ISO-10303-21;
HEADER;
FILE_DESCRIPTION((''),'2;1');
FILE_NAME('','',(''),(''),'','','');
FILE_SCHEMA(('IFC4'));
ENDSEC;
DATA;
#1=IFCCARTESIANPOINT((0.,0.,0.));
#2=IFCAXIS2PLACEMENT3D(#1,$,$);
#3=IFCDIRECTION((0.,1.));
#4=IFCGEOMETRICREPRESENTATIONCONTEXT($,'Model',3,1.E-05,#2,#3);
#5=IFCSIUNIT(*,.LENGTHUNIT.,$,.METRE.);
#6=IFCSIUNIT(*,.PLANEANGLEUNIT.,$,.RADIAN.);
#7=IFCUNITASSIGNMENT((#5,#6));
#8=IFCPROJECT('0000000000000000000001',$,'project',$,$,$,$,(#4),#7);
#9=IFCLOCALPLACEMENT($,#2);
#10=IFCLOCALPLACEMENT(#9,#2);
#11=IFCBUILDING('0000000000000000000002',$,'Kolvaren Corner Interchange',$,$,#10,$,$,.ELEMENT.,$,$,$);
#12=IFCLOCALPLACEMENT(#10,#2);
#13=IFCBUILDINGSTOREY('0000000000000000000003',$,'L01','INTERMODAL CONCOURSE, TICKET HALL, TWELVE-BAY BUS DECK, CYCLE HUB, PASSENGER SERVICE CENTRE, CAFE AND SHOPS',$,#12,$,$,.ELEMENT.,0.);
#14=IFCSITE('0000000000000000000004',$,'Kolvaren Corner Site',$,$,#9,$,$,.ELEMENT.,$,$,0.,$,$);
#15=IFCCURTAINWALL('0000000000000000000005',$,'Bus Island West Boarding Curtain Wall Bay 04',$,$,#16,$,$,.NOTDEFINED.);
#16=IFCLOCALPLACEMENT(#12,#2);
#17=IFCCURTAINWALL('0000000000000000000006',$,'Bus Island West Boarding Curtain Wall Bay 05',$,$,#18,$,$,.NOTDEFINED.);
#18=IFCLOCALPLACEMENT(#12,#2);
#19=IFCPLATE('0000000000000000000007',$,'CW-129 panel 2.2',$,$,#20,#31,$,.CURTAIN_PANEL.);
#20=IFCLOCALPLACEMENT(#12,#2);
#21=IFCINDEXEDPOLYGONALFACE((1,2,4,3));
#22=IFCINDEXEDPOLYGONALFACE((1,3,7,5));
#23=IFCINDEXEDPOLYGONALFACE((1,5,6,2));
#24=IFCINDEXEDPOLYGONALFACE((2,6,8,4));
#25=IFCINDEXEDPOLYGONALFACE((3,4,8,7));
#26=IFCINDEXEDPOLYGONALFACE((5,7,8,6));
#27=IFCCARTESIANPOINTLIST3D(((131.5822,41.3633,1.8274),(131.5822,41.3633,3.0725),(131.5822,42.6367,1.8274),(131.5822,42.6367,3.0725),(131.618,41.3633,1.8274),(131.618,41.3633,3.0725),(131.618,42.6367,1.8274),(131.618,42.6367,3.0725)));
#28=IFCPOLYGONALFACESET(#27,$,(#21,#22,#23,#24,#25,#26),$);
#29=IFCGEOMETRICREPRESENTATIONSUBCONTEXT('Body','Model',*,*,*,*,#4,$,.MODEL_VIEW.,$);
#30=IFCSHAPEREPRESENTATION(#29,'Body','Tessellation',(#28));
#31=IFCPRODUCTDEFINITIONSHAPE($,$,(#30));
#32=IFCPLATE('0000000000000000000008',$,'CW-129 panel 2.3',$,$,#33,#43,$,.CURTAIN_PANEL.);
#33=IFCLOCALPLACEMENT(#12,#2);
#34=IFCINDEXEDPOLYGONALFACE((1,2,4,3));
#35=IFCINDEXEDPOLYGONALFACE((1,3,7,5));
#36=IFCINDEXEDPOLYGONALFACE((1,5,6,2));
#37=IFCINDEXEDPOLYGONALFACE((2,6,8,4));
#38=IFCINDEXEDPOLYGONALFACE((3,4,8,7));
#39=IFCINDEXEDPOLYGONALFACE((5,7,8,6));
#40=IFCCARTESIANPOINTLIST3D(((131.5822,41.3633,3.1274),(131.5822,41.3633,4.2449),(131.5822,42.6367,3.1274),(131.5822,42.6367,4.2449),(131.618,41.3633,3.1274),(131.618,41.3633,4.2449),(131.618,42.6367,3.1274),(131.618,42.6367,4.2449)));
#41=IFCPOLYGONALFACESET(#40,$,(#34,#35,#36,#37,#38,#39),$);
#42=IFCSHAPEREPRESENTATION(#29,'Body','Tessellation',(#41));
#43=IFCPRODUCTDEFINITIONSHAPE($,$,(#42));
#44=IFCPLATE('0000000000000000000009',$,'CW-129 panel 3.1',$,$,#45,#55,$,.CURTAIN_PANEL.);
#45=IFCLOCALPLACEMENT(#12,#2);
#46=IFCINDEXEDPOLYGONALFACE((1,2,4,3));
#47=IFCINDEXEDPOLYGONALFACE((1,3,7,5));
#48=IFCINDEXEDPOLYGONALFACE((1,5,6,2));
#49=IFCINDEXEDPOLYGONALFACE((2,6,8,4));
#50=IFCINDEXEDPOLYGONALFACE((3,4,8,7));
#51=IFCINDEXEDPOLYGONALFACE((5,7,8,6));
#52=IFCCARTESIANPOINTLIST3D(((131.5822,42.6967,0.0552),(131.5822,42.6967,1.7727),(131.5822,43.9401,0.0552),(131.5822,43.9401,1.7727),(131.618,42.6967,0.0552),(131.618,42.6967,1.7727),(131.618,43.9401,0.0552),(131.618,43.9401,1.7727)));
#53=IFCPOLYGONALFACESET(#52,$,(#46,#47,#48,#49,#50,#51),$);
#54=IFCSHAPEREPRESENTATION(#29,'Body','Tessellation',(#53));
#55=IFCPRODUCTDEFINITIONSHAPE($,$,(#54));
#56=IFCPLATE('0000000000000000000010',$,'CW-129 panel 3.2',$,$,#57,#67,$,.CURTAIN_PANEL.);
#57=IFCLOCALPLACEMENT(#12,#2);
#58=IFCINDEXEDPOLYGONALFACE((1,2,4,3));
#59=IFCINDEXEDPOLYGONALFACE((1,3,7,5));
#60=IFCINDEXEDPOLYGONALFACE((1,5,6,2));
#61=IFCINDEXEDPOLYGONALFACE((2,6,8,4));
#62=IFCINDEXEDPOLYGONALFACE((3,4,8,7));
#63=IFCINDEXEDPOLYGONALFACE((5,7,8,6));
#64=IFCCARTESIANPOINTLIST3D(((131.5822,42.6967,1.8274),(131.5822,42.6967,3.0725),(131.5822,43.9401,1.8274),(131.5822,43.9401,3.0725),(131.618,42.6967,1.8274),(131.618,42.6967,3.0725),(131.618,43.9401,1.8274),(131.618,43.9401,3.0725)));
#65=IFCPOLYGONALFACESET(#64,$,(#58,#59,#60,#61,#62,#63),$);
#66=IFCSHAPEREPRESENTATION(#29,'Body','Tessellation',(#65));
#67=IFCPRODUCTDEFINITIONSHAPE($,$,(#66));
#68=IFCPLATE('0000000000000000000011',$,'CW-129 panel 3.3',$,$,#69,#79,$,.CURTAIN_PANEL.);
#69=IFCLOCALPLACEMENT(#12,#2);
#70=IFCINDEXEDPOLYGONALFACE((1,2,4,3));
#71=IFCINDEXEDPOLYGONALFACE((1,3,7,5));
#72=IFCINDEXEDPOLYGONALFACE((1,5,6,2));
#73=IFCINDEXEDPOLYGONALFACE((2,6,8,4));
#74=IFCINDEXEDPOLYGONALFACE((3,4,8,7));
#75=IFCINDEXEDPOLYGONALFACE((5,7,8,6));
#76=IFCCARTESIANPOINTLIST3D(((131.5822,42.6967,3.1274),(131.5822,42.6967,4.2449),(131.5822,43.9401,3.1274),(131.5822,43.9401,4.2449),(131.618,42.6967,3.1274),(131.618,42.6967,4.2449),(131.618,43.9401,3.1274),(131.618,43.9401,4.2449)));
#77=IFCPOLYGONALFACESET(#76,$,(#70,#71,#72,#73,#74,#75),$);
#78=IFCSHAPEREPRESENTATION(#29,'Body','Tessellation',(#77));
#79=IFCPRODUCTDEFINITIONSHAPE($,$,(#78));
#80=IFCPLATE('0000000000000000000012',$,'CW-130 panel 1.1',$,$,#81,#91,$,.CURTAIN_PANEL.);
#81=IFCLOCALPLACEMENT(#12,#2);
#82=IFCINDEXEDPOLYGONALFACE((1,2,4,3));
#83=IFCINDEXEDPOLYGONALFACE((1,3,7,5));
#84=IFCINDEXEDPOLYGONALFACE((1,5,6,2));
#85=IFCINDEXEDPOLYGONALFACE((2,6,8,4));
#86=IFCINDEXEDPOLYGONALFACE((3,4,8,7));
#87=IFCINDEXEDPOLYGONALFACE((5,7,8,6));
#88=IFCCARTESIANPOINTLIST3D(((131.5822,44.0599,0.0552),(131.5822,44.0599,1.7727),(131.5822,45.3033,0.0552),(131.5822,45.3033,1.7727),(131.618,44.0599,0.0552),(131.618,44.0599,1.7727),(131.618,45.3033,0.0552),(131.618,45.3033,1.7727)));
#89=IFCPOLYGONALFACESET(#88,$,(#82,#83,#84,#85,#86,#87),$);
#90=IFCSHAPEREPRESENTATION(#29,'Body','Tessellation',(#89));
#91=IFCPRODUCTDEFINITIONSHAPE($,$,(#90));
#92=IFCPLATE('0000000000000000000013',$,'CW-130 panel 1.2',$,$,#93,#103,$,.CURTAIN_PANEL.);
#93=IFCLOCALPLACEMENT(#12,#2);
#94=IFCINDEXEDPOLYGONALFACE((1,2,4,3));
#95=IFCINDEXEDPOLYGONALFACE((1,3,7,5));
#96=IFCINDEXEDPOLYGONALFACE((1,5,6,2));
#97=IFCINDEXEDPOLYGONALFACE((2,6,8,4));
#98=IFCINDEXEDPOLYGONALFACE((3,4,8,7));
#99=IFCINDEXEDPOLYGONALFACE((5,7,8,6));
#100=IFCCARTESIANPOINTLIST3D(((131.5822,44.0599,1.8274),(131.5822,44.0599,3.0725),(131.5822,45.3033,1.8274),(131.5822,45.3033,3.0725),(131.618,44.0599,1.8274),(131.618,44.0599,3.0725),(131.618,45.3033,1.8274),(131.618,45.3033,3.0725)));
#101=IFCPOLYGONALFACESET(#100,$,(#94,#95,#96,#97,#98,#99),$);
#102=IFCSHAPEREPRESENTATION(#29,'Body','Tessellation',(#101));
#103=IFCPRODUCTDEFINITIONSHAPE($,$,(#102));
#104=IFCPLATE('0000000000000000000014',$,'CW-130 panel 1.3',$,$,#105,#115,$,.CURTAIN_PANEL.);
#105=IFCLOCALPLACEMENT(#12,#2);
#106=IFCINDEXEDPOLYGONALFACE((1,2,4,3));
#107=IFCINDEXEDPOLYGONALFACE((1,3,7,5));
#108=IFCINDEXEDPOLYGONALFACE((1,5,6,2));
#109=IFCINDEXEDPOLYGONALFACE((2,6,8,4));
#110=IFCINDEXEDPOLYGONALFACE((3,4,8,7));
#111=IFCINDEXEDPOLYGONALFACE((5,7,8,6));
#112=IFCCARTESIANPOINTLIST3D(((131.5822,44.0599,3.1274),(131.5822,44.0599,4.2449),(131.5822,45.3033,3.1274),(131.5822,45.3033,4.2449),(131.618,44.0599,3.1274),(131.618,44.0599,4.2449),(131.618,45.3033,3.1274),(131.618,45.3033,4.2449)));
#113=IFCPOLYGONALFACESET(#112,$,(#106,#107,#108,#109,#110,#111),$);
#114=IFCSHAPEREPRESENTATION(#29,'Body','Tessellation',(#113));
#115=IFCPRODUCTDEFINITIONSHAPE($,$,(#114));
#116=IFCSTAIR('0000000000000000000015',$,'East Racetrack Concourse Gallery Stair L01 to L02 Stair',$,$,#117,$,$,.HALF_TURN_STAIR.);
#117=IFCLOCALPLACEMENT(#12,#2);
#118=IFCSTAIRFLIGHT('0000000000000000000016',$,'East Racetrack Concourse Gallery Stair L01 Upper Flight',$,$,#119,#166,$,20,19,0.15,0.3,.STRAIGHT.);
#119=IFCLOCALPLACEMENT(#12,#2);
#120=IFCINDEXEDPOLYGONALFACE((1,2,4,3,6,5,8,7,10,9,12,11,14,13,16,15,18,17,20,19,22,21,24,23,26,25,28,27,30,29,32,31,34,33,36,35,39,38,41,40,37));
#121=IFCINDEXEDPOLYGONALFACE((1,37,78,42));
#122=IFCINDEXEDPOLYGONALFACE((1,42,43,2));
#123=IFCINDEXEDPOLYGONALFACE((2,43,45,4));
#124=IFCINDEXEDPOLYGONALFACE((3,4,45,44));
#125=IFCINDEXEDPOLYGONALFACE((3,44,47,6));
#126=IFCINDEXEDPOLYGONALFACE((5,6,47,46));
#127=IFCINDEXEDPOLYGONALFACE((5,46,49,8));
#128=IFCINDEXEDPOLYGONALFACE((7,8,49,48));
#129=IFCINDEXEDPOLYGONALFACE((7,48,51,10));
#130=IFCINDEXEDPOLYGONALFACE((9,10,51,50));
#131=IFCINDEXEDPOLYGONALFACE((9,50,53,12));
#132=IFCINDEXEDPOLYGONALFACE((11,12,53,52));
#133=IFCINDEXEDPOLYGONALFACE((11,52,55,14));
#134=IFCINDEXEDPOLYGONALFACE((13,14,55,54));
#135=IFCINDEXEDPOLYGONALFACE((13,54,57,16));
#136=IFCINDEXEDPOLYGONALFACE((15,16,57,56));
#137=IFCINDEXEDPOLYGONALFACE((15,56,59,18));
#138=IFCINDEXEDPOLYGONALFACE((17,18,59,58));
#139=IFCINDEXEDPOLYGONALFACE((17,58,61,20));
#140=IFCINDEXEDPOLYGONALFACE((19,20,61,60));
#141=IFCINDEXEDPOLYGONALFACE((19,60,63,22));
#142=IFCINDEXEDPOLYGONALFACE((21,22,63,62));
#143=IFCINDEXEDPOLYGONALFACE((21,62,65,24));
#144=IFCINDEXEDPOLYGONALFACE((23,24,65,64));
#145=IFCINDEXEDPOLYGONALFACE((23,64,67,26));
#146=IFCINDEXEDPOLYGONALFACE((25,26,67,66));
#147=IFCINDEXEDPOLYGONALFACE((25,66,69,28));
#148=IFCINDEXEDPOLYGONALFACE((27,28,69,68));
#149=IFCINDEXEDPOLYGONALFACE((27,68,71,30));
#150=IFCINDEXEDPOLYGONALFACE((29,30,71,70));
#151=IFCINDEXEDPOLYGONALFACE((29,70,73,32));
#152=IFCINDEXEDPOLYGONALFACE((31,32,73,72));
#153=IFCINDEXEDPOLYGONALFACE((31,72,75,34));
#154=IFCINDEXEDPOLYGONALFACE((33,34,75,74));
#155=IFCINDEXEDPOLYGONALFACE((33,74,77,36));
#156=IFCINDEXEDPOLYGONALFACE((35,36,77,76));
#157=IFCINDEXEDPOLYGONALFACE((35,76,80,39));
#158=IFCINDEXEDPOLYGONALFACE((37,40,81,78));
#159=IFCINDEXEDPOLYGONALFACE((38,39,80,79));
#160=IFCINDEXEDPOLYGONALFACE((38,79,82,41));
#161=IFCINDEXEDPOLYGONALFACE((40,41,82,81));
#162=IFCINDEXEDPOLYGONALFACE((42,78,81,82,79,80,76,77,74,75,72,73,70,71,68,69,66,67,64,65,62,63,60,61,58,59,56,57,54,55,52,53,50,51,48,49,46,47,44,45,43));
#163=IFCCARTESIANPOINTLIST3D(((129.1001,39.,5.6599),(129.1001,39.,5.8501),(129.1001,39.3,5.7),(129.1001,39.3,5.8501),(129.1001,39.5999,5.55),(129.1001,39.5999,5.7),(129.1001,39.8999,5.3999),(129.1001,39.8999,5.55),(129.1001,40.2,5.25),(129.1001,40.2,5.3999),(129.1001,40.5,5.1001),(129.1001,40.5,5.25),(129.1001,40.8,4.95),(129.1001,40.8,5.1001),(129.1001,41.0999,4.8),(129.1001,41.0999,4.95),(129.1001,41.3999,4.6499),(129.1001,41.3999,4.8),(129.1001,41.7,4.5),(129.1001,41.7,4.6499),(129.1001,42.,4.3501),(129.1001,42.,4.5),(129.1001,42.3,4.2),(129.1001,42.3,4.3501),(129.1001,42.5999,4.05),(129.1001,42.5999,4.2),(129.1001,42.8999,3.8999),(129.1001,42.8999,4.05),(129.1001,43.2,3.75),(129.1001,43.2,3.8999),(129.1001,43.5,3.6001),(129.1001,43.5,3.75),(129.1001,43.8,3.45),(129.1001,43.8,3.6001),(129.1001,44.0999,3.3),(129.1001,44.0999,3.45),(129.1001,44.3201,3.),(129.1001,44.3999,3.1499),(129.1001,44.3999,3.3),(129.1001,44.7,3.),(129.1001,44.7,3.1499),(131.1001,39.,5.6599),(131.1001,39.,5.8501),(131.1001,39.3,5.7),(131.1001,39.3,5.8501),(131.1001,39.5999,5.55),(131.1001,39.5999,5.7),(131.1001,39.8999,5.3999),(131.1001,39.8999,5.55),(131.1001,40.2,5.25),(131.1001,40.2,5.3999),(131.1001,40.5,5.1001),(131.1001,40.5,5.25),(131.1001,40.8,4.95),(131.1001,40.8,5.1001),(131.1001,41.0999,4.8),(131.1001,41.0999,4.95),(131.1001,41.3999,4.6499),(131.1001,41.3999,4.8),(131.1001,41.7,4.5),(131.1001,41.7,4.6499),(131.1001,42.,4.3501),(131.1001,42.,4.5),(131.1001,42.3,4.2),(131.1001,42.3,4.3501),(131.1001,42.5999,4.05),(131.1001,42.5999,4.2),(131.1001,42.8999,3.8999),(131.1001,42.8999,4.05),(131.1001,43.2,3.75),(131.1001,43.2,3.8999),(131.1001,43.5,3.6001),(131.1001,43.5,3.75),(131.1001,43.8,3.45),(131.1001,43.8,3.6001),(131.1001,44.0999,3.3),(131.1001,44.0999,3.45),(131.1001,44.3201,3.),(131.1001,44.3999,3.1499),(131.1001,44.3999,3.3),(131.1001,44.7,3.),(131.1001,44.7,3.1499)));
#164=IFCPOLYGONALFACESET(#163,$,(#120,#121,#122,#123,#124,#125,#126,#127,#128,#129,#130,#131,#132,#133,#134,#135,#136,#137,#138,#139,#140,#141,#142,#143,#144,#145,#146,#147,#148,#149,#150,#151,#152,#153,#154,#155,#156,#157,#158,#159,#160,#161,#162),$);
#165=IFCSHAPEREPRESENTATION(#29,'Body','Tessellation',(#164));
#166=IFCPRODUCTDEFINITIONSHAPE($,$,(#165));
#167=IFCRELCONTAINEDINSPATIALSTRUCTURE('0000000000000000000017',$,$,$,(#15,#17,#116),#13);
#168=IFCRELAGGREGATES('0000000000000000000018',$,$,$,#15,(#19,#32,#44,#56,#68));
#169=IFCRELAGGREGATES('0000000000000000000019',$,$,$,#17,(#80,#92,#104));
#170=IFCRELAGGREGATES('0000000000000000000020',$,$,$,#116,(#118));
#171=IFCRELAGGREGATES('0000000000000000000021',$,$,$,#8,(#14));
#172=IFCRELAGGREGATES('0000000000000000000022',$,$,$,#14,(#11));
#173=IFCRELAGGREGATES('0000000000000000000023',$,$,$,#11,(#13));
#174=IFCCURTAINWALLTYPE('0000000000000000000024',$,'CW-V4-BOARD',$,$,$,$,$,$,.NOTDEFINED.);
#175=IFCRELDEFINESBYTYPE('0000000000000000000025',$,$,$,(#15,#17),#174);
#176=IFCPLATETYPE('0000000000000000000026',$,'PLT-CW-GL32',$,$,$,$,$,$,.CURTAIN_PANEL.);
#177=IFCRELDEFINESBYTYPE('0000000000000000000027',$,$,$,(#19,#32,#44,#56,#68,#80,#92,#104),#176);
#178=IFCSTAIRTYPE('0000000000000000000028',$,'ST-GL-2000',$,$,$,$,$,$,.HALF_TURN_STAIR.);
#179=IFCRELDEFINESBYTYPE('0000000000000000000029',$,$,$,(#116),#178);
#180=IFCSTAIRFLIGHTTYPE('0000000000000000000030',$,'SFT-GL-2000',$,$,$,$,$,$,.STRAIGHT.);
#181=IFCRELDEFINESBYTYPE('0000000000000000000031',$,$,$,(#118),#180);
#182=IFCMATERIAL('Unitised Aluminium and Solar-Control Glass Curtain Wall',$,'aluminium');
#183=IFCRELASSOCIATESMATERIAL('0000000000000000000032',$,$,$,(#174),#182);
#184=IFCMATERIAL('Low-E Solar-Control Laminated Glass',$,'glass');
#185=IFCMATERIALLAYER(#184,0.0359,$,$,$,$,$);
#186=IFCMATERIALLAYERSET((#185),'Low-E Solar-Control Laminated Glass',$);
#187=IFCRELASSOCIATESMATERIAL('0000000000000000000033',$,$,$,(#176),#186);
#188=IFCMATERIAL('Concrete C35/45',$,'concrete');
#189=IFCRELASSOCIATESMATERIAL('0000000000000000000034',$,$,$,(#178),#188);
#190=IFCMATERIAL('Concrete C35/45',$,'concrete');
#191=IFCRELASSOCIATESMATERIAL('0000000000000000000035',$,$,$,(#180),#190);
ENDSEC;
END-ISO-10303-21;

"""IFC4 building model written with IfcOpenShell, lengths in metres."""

from ifc_helpers import new_model, si_unit, direction, frame, origin, origin_2d, place, context, subcontext, project, spatial, polyline, rectangle, outline, extrude, material, layer, layer_set, type_object, element, aggregate, save


model = new_model("IFC4")

# Units and contexts
model_context = context("Model", 3, precision=1e-05, world=origin(), true_north=direction((0.0, 1.0)))
body_context = subcontext(model_context, "Body", "Model", "MODEL_VIEW")
ifc_project = project(units=[si_unit("LENGTHUNIT", "METRE"), si_unit("PLANEANGLEUNIT", "RADIAN")], contexts=[model_context])

# Site, building, storey
site_placement = place(None, origin())
site = spatial("IfcSite", under=ifc_project, at=site_placement, Name="Kolvaren Corner Site", CompositionType="ELEMENT", RefElevation=0.0)
building_placement = place(site_placement, origin())
building = spatial("IfcBuilding", under=site, at=building_placement, Name="Kolvaren Corner Interchange", CompositionType="ELEMENT")
storey_placement = place(building_placement, origin())
storey = spatial("IfcBuildingStorey", under=building, at=storey_placement, Name="L01", Description="INTERMODAL CONCOURSE, TICKET HALL, TWELVE-BAY BUS DECK, CYCLE HUB, PASSENGER SERVICE CENTRE, CAFE AND SHOPS", CompositionType="ELEMENT", Elevation=0.0)

# Curtain walls
ifc_material_1 = material(Name="Unitised Aluminium and Solar-Control Glass Curtain Wall", Category="aluminium")
curtain_wall_type = type_object("IfcCurtainWallType", Name="CW-V4-BOARD", PredefinedType="NOTDEFINED", material=ifc_material_1)
curtain_wall_1_placement = place(storey_placement, origin())
curtain_wall_1 = element("IfcCurtainWall", 1, at=curtain_wall_1_placement, inside=storey, type_object=curtain_wall_type, Name="Bus Island West Boarding Curtain Wall Bay 04", PredefinedType="NOTDEFINED")
curtain_wall_2_placement = place(storey_placement, origin())
curtain_wall_2 = element("IfcCurtainWall", 2, at=curtain_wall_2_placement, inside=storey, type_object=curtain_wall_type, Name="Bus Island West Boarding Curtain Wall Bay 05", PredefinedType="NOTDEFINED")

# Plates
ifc_material_2 = material(Name="Low-E Solar-Control Laminated Glass", Category="glass")
ifc_layer = layer(ifc_material_2, 0.0359)
ifc_layer_set = layer_set([ifc_layer], Name="Low-E Solar-Control Laminated Glass")
plate_type = type_object("IfcPlateType", Name="PLT-CW-GL32", PredefinedType="CURTAIN_PANEL", material=ifc_layer_set)
plate_1_placement = place(storey_placement, frame((131.6001, 42.0, 1.8274), z_axis=(0.0, 0.0, 1.0), x_axis=(0.0, 1.0, 0.0)))
plate_1 = element("IfcPlate", 3, at=plate_1_placement, type_object=plate_type, Name="CW-129 panel 2.2", PredefinedType="CURTAIN_PANEL", context=body_context, shape_type="SweptSolid", body=[
    extrude(rectangle(XDim=1.2734, YDim=0.0359, at=origin_2d()), origin(), (0.0, 0.0, 1.0), 1.2451),
])
plate_2_placement = place(storey_placement, frame((131.6001, 42.0, 3.1274), z_axis=(0.0, 0.0, 1.0), x_axis=(0.0, 1.0, 0.0)))
plate_2 = element("IfcPlate", 4, at=plate_2_placement, type_object=plate_type, Name="CW-129 panel 2.3", PredefinedType="CURTAIN_PANEL", context=body_context, shape_type="SweptSolid", body=[
    extrude(rectangle(XDim=1.2734, YDim=0.0359, at=origin_2d()), origin(), (0.0, 0.0, 1.0), 1.1174),
])
plate_3_placement = place(storey_placement, frame((131.6001, 43.3184, 0.0552), z_axis=(0.0, 0.0, 1.0), x_axis=(0.0, 1.0, 0.0)))
plate_3 = element("IfcPlate", 5, at=plate_3_placement, type_object=plate_type, Name="CW-129 panel 3.1", PredefinedType="CURTAIN_PANEL", context=body_context, shape_type="SweptSolid", body=[
    extrude(rectangle(XDim=1.2434, YDim=0.0359, at=origin_2d()), origin(), (0.0, 0.0, 1.0), 1.7175),
])
plate_4_placement = place(storey_placement, frame((131.6001, 43.3184, 1.8274), z_axis=(0.0, 0.0, 1.0), x_axis=(0.0, 1.0, 0.0)))
plate_4 = element("IfcPlate", 6, at=plate_4_placement, type_object=plate_type, Name="CW-129 panel 3.2", PredefinedType="CURTAIN_PANEL", context=body_context, shape_type="SweptSolid", body=[
    extrude(rectangle(XDim=1.2434, YDim=0.0359, at=origin_2d()), origin(), (0.0, 0.0, 1.0), 1.2451),
])
plate_5_placement = place(storey_placement, frame((131.6001, 43.3184, 3.1274), z_axis=(0.0, 0.0, 1.0), x_axis=(0.0, 1.0, 0.0)))
plate_5 = element("IfcPlate", 7, at=plate_5_placement, type_object=plate_type, Name="CW-129 panel 3.3", PredefinedType="CURTAIN_PANEL", context=body_context, shape_type="SweptSolid", body=[
    extrude(rectangle(XDim=1.2434, YDim=0.0359, at=origin_2d()), origin(), (0.0, 0.0, 1.0), 1.1174),
])
aggregate(curtain_wall_1, [plate_1, plate_2, plate_3, plate_4, plate_5])
plate_6_placement = place(storey_placement, frame((131.6001, 44.6816, 0.0552), z_axis=(0.0, 0.0, 1.0), x_axis=(0.0, 1.0, 0.0)))
plate_6 = element("IfcPlate", 8, at=plate_6_placement, type_object=plate_type, Name="CW-130 panel 1.1", PredefinedType="CURTAIN_PANEL", context=body_context, shape_type="SweptSolid", body=[
    extrude(rectangle(XDim=1.2434, YDim=0.0359, at=origin_2d()), origin(), (0.0, 0.0, 1.0), 1.7175),
])
plate_7_placement = place(storey_placement, frame((131.6001, 44.6816, 1.8274), z_axis=(0.0, 0.0, 1.0), x_axis=(0.0, 1.0, 0.0)))
plate_7 = element("IfcPlate", 9, at=plate_7_placement, type_object=plate_type, Name="CW-130 panel 1.2", PredefinedType="CURTAIN_PANEL", context=body_context, shape_type="SweptSolid", body=[
    extrude(rectangle(XDim=1.2434, YDim=0.0359, at=origin_2d()), origin(), (0.0, 0.0, 1.0), 1.2451),
])
plate_8_placement = place(storey_placement, frame((131.6001, 44.6816, 3.1274), z_axis=(0.0, 0.0, 1.0), x_axis=(0.0, 1.0, 0.0)))
plate_8 = element("IfcPlate", 10, at=plate_8_placement, type_object=plate_type, Name="CW-130 panel 1.3", PredefinedType="CURTAIN_PANEL", context=body_context, shape_type="SweptSolid", body=[
    extrude(rectangle(XDim=1.2434, YDim=0.0359, at=origin_2d()), origin(), (0.0, 0.0, 1.0), 1.1174),
])
aggregate(curtain_wall_2, [plate_6, plate_7, plate_8])

# Stair, stair flight
ifc_material_3 = material(Name="Concrete C35/45", Category="concrete")
stair_type = type_object("IfcStairType", Name="ST-GL-2000", PredefinedType="HALF_TURN_STAIR", material=ifc_material_3)
stair_placement = place(storey_placement, origin())
stair = element("IfcStair", 11, at=stair_placement, inside=storey, type_object=stair_type, Name="East Racetrack Concourse Gallery Stair L01 to L02 Stair", PredefinedType="HALF_TURN_STAIR")
ifc_material_4 = material(Name="Concrete C35/45", Category="concrete")
stair_flight_type = type_object("IfcStairFlightType", Name="SFT-GL-2000", PredefinedType="STRAIGHT", material=ifc_material_4)
stair_flight_placement = place(storey_placement, frame((130.1001, 44.7, 3.0), z_axis=(0.0, 0.0, 1.0), x_axis=(0.0, -1.0, 0.0)))
stair_flight = element("IfcStairFlight", 12, at=stair_flight_placement, type_object=stair_flight_type, Name="East Racetrack Concourse Gallery Stair L01 Upper Flight", NumberOfRisers=20, NumberOfTreads=19, PredefinedType="STRAIGHT", RiserHeight=0.15, TreadLength=0.3, context=body_context, shape_type="SweptSolid", body=[
    extrude(outline(polyline([(0.0, 0.0), (0.0, 0.1499), (0.3, 0.1499), (0.3, 0.3), (0.6001, 0.3), (0.6001, 0.45), (0.8999, 0.45), (0.8999, 0.6001), (1.2, 0.6001), (1.2, 0.75), (1.5, 0.75), (1.5, 0.8999), (1.8, 0.8999), (1.8, 1.05), (2.1001, 1.05), (2.1001, 1.2), (2.3999, 1.2), (2.3999, 1.3501), (2.7, 1.3501), (2.7, 1.5), (3.0, 1.5), (3.0, 1.6499), (3.3, 1.6499), (3.3, 1.8), (3.6001, 1.8), (3.6001, 1.95), (3.8999, 1.95), (3.8999, 2.1001), (4.2, 2.1001), (4.2, 2.25), (4.5, 2.25), (4.5, 2.3999), (4.8, 2.3999), (4.8, 2.55), (5.1001, 2.55), (5.1001, 2.7), (5.3999, 2.7), (5.3999, 2.8501), (5.7, 2.8501), (5.7, 3.0), (5.7, 2.6599), (0.3799, 0.0), (0.0, 0.0)])), frame((0.0, 1.0, 0.0), z_axis=(0.0, -1.0, 0.0), x_axis=(1.0, 0.0, 0.0)), (0.0, 0.0, 1.0), 2.0),
])
aggregate(stair, [stair_flight])

save(model, "model.ifc")
